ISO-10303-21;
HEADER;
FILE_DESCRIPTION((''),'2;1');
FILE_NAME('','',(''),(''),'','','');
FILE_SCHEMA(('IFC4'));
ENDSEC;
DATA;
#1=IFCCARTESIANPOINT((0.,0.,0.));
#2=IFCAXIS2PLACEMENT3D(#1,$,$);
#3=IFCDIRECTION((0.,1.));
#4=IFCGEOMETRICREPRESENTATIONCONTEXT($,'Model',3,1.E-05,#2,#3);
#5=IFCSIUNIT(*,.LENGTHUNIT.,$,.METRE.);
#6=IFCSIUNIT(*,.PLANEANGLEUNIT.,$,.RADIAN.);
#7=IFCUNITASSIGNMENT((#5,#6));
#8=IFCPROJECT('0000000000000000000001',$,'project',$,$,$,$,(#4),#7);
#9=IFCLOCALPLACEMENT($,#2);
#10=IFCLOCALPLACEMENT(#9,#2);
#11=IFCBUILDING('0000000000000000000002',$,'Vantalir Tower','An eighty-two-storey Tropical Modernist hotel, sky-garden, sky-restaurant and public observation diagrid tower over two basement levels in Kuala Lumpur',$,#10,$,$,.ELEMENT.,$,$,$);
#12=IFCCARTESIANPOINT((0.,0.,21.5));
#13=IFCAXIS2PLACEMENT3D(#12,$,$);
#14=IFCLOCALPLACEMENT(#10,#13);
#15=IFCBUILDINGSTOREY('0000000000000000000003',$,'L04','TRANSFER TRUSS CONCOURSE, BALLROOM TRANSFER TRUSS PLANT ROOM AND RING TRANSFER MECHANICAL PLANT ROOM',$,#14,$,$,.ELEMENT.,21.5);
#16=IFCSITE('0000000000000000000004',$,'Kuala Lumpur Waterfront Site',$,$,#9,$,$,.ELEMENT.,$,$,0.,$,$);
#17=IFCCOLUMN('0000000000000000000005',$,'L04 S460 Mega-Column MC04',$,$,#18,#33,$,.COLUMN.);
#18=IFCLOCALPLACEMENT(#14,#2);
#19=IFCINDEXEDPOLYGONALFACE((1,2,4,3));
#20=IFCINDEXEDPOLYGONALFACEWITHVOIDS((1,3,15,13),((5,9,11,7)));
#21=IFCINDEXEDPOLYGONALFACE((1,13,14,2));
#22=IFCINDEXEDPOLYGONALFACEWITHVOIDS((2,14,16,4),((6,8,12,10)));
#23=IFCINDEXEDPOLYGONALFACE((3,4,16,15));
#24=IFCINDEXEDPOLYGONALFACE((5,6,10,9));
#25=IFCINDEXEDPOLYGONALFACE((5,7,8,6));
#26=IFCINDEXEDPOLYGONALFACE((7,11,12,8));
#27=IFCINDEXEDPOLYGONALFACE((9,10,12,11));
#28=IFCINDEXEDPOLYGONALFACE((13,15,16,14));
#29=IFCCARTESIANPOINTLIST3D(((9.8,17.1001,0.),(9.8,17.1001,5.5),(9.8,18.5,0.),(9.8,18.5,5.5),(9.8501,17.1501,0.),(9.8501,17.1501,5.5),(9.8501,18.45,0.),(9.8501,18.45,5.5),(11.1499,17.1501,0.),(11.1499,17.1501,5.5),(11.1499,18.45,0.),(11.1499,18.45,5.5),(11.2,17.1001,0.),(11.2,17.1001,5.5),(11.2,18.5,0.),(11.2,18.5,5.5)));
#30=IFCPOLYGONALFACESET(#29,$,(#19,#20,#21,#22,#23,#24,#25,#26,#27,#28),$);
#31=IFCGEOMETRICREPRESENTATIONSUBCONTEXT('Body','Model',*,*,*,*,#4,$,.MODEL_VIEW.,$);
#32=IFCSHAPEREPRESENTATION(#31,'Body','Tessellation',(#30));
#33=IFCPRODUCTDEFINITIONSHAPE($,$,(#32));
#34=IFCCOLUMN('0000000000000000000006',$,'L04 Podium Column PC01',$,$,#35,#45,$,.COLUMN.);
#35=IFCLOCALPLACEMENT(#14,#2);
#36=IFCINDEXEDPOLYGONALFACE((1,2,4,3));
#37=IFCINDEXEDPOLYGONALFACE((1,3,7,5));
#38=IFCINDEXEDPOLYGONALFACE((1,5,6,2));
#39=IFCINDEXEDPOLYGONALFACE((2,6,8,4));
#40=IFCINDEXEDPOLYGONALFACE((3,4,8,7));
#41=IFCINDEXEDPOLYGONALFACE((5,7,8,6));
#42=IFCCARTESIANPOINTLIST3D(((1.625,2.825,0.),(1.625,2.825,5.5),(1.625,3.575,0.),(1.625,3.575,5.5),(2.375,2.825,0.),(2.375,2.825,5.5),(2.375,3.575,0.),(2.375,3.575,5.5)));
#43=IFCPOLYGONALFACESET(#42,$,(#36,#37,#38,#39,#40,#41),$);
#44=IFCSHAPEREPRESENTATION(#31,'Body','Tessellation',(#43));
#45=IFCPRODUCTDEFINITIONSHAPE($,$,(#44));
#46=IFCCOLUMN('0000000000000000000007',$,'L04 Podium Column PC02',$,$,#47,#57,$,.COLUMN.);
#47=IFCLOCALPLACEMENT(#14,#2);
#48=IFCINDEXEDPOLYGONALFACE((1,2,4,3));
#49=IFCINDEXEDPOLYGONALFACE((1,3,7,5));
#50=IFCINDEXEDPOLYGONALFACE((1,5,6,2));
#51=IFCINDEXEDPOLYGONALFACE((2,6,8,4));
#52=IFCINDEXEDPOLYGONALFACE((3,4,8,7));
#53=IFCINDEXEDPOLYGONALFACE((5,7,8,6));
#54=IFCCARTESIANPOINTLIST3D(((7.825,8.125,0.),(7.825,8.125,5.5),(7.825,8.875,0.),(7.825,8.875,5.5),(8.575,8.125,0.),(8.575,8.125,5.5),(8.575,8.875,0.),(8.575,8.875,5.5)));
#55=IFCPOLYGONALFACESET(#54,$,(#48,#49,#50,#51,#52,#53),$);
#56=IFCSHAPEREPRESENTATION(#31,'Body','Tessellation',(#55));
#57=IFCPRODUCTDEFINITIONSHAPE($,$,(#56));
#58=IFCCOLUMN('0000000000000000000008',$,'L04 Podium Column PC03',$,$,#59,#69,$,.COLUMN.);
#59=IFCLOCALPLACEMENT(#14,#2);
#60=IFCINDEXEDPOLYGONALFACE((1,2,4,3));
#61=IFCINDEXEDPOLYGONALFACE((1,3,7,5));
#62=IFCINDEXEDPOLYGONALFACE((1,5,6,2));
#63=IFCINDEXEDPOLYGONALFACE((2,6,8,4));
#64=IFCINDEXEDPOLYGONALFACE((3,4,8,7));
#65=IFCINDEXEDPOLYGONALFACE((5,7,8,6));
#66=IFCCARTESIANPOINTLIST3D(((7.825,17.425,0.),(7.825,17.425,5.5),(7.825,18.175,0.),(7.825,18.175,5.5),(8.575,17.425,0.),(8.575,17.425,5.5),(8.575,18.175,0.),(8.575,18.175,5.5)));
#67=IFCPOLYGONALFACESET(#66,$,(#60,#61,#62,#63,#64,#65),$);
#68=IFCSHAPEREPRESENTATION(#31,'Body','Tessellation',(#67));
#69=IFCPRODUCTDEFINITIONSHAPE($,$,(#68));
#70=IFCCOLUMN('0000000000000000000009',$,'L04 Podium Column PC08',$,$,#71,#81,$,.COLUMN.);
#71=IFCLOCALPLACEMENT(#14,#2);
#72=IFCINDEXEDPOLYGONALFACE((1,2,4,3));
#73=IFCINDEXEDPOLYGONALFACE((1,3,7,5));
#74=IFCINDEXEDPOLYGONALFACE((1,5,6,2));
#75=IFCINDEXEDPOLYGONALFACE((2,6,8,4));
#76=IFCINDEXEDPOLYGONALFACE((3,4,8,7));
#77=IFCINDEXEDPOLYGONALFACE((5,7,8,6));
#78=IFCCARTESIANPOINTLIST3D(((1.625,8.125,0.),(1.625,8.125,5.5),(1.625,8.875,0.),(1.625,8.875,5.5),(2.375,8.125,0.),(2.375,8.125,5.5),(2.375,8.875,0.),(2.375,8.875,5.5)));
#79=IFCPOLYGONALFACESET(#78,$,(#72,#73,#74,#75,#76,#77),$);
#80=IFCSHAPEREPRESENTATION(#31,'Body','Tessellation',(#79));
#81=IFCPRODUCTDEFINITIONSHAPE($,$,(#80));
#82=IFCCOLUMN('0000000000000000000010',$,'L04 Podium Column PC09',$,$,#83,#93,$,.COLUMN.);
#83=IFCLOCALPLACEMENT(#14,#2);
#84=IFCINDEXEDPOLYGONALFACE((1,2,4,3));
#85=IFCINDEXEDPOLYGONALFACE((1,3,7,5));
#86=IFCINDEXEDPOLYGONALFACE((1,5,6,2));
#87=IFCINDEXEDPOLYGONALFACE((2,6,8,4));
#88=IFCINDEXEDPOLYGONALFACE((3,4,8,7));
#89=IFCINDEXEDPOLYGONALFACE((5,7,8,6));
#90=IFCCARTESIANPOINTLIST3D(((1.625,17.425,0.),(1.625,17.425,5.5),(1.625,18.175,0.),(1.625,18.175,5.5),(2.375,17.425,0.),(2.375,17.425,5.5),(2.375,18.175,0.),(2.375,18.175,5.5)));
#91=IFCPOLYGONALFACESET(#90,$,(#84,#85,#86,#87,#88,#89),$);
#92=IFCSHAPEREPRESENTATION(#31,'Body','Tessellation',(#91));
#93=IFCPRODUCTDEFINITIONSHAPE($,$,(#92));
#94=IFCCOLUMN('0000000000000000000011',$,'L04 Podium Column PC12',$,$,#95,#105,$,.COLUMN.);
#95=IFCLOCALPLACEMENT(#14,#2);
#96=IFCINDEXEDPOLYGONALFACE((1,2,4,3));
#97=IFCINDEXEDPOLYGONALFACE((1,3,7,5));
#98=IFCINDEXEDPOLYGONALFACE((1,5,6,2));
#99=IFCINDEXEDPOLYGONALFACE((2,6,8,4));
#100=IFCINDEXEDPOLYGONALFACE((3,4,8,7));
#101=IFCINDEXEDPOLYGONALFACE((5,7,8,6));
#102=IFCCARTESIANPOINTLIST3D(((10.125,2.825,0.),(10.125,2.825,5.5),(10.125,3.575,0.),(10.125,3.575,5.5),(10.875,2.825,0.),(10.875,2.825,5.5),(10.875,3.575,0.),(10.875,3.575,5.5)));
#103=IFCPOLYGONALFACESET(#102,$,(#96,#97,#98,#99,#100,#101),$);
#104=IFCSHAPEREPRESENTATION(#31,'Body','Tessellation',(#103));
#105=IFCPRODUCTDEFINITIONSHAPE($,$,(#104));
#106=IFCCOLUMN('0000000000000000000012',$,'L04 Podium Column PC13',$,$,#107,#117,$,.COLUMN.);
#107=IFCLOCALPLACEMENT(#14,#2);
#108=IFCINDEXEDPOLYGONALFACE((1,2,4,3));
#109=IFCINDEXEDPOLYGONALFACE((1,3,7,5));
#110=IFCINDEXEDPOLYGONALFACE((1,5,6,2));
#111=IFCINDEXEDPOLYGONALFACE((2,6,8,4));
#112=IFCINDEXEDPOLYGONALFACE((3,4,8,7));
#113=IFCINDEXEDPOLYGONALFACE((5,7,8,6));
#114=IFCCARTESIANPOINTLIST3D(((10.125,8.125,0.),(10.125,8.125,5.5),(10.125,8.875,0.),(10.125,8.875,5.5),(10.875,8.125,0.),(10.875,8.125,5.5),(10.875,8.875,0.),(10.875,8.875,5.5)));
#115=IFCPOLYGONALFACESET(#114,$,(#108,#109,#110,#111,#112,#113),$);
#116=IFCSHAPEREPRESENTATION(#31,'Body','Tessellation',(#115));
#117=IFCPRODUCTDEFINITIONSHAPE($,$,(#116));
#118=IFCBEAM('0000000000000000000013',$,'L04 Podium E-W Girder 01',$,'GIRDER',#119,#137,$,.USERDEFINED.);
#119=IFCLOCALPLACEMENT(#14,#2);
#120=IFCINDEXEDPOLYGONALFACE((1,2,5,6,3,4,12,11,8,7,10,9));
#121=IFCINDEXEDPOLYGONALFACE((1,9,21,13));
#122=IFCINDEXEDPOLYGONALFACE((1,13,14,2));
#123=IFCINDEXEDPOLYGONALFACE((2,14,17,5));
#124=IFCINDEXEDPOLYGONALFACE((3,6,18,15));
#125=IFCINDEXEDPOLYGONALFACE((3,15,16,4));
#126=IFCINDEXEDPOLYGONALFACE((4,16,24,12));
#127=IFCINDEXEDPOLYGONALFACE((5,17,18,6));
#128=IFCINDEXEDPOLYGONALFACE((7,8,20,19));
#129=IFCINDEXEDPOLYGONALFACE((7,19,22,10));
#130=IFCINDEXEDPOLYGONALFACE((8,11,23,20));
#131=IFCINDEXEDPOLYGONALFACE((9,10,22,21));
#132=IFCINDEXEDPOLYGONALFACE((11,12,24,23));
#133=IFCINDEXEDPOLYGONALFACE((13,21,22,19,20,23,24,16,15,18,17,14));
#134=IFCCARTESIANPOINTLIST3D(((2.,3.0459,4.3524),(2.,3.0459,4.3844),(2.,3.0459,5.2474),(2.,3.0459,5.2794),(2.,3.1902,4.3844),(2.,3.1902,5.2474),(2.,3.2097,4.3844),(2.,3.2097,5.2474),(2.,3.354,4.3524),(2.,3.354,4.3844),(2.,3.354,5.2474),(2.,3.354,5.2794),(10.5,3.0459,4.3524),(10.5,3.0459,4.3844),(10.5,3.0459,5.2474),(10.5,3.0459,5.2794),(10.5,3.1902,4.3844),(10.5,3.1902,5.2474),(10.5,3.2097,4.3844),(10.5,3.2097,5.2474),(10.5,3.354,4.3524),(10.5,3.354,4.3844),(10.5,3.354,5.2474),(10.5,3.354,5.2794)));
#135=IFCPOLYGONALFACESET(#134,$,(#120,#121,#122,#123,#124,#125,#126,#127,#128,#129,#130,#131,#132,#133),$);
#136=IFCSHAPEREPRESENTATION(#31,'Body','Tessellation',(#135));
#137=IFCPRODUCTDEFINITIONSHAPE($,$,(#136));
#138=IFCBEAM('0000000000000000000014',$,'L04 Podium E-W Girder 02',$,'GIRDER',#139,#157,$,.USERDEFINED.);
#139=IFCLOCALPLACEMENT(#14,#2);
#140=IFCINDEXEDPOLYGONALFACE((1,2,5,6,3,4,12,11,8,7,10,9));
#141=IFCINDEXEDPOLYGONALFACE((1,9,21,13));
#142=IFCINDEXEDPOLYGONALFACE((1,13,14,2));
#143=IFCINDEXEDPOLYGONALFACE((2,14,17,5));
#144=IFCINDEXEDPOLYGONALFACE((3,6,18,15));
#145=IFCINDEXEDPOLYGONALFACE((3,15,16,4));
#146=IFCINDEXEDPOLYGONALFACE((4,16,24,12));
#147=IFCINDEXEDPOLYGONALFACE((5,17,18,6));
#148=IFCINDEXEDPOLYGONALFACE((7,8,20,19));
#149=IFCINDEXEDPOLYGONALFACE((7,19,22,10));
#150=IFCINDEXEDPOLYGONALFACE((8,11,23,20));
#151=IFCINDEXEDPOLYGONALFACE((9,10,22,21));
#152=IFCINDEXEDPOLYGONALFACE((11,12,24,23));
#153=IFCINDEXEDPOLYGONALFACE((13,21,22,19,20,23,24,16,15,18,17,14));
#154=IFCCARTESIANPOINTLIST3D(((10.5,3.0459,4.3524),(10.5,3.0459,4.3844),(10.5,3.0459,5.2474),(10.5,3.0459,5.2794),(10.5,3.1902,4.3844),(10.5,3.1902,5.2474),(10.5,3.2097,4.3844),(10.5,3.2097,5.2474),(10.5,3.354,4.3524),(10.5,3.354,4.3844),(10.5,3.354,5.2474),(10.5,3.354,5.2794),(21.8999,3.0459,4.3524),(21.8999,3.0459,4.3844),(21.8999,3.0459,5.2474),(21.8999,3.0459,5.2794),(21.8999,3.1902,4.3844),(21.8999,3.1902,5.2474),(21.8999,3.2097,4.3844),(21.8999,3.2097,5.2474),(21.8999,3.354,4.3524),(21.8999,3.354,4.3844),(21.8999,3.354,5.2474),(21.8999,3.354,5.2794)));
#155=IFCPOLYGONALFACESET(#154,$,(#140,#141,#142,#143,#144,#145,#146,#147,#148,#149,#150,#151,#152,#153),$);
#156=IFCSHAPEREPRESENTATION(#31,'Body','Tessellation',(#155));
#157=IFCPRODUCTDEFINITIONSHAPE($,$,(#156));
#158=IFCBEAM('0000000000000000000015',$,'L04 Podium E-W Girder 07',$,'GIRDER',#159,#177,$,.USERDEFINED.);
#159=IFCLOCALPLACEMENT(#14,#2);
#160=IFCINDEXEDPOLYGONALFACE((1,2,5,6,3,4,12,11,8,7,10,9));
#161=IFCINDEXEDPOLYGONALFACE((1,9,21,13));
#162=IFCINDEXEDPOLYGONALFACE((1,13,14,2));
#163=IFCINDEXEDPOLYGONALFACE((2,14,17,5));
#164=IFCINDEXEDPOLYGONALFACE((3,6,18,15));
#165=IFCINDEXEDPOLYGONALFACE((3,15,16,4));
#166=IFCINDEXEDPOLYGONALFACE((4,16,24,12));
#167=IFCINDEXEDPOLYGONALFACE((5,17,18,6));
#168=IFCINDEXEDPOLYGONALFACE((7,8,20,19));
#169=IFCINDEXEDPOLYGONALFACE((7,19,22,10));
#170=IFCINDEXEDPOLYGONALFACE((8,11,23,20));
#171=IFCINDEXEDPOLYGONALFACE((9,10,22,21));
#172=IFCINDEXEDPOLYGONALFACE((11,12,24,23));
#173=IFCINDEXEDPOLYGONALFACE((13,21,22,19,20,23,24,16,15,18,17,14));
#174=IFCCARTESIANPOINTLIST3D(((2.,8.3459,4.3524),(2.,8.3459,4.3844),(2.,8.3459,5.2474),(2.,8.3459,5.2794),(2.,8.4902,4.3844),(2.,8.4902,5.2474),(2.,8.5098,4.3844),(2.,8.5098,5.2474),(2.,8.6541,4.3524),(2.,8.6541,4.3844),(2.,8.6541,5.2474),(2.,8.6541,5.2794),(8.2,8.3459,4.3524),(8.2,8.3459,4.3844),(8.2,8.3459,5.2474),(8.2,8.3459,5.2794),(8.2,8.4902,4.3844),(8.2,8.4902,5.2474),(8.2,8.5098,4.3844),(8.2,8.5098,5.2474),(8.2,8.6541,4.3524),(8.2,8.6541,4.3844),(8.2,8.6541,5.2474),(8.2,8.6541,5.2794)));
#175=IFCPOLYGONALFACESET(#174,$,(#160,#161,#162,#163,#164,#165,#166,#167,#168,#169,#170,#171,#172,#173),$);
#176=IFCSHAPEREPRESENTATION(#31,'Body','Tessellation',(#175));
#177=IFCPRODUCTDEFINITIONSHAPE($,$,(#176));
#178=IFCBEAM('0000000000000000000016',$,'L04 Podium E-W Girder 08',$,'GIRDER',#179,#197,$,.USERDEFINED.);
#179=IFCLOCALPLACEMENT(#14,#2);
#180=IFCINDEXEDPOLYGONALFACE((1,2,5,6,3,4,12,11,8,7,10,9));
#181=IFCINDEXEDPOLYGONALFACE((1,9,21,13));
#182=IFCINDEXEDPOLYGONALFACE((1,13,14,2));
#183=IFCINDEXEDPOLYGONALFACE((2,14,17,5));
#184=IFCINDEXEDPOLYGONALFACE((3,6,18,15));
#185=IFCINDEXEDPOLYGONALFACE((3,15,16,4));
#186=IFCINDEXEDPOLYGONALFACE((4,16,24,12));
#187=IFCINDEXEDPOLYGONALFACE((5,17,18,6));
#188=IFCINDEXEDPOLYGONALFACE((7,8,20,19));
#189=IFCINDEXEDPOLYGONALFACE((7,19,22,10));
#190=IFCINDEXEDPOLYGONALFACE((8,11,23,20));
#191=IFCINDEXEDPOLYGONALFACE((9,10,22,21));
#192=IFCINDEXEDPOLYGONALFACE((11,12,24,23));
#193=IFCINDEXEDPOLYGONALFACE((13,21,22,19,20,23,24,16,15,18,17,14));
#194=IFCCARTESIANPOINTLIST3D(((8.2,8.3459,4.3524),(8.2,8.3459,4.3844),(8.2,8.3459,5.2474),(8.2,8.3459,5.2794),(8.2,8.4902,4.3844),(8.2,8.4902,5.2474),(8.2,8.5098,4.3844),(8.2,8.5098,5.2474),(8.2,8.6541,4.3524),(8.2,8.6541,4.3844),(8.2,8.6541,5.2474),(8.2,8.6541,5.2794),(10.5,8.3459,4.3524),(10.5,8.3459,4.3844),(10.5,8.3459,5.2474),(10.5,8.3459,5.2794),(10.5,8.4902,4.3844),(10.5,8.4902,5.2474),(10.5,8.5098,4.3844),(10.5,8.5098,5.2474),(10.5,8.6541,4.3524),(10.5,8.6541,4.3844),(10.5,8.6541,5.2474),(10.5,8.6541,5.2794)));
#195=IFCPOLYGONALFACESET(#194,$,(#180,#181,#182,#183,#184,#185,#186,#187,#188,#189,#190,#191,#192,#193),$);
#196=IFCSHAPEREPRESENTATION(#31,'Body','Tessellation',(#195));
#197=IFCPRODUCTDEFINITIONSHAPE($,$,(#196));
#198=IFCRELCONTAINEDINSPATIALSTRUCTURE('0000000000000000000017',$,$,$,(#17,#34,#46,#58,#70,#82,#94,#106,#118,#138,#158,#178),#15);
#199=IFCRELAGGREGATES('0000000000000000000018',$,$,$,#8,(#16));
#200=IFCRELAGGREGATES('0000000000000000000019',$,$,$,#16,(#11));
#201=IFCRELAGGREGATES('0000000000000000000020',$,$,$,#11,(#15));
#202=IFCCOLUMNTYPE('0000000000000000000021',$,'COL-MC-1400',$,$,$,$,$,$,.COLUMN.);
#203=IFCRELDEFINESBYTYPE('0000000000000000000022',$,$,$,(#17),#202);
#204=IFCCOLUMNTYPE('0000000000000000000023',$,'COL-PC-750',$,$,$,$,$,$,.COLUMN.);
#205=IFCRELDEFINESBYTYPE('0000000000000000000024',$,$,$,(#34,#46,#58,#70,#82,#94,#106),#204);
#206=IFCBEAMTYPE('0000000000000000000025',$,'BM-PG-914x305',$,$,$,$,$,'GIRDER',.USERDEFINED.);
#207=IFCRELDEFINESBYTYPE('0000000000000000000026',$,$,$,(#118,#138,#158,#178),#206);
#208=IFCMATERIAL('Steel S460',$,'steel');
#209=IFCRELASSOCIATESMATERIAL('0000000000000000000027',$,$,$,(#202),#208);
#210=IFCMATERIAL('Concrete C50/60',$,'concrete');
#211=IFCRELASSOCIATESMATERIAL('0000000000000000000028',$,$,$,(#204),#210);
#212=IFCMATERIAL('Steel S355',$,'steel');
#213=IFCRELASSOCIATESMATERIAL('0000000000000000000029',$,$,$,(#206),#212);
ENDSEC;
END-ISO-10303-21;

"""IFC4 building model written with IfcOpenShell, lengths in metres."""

from ifc_helpers import new_model, si_unit, direction, frame, origin, origin_2d, place, context, subcontext, project, spatial, rectangle, hollow_rectangle, i_section, extrude, material, material_profile, profile_set, type_object, element, save


model = new_model("IFC4")

# Units and contexts
model_context = context("Model", 3, precision=1e-05, world=origin(), true_north=direction((0.0, 1.0)))
body_context = subcontext(model_context, "Body", "Model", "MODEL_VIEW")
ifc_project = project(units=[si_unit("LENGTHUNIT", "METRE"), si_unit("PLANEANGLEUNIT", "RADIAN")], contexts=[model_context])

# Site, building, storey
site_placement = place(None, origin())
site = spatial("IfcSite", under=ifc_project, at=site_placement, Name="Kuala Lumpur Waterfront Site", CompositionType="ELEMENT", RefElevation=0.0)
building_placement = place(site_placement, origin())
building = spatial("IfcBuilding", under=site, at=building_placement, Name="Vantalir Tower", Description="An eighty-two-storey Tropical Modernist hotel, sky-garden, sky-restaurant and public observation diagrid tower over two basement levels in Kuala Lumpur", CompositionType="ELEMENT")
storey_placement = place(building_placement, frame((0.0, 0.0, 21.5)))
storey = spatial("IfcBuildingStorey", under=building, at=storey_placement, Name="L04", Description="TRANSFER TRUSS CONCOURSE, BALLROOM TRANSFER TRUSS PLANT ROOM AND RING TRANSFER MECHANICAL PLANT ROOM", CompositionType="ELEMENT", Elevation=21.5)

# Columns
ifc_material_1 = material(Name="Steel S460", Category="steel")
ifc_material_profile_1 = material_profile(ifc_material_1, hollow_rectangle(XDim=1.3999, YDim=1.3999, WallThickness=0.05, at=origin_2d()), Name="Steel S460")
ifc_profile_set_1 = profile_set([ifc_material_profile_1], Name="Steel S460")
column_type_1 = type_object("IfcColumnType", Name="COL-MC-1400", PredefinedType="COLUMN", material=ifc_profile_set_1)
column_placement = place(storey_placement, frame((10.5, 17.8, 0.0), z_axis=(0.0, 0.0, 1.0), x_axis=(1.0, 0.0, 0.0)))
element("IfcColumn", 1, at=column_placement, inside=storey, type_object=column_type_1, Name="L04 S460 Mega-Column MC04", PredefinedType="COLUMN", context=body_context, shape_type="SweptSolid", body=[
    extrude(hollow_rectangle(XDim=1.3999, YDim=1.3999, WallThickness=0.05, at=origin_2d()), origin(), (0.0, 0.0, 1.0), 5.5),
])
ifc_material_2 = material(Name="Concrete C50/60", Category="concrete")
ifc_material_profile_2 = material_profile(ifc_material_2, rectangle(XDim=0.75, YDim=0.75, at=origin_2d()), Name="Concrete C50/60")
ifc_profile_set_2 = profile_set([ifc_material_profile_2], Name="Concrete C50/60")
column_type_2 = type_object("IfcColumnType", Name="COL-PC-750", PredefinedType="COLUMN", material=ifc_profile_set_2)
for number, where, z_axis, x_axis, name in (
    (2, (2.0, 3.2, 0.0), (0.0, 0.0, 1.0), (1.0, 0.0, 0.0), "L04 Podium Column PC01"),
    (3, (8.2, 8.5, 0.0), (0.0, 0.0, 1.0), (1.0, 0.0, 0.0), "L04 Podium Column PC02"),
    (4, (8.2, 17.8, 0.0), (0.0, 0.0, 1.0), (1.0, 0.0, 0.0), "L04 Podium Column PC03"),
    (5, (2.0, 8.5, 0.0), (0.0, 0.0, 1.0), (1.0, 0.0, 0.0), "L04 Podium Column PC08"),
    (6, (2.0, 17.8, 0.0), (0.0, 0.0, 1.0), (1.0, 0.0, 0.0), "L04 Podium Column PC09"),
    (7, (10.5, 3.2, 0.0), (0.0, 0.0, 1.0), (1.0, 0.0, 0.0), "L04 Podium Column PC12"),
    (8, (10.5, 8.5, 0.0), (0.0, 0.0, 1.0), (1.0, 0.0, 0.0), "L04 Podium Column PC13"),
):
    element("IfcColumn", number, at=place(storey_placement, frame(where, z_axis=z_axis, x_axis=x_axis)), inside=storey, type_object=column_type_2, Name=name, PredefinedType="COLUMN", context=body_context, shape_type="SweptSolid", body=[
        extrude(rectangle(XDim=0.75, YDim=0.75, at=origin_2d()), origin(), (0.0, 0.0, 1.0), 5.5),
    ])

# Beams
ifc_material_3 = material(Name="Steel S355", Category="steel")
ifc_material_profile_3 = material_profile(ifc_material_3, i_section(OverallWidth=0.3081, OverallDepth=0.927, WebThickness=0.0195, FlangeThickness=0.032, at=origin_2d()), Name="Steel S355")
ifc_profile_set_3 = profile_set([ifc_material_profile_3], Name="Steel S355")
beam_type_1 = type_object("IfcBeamType", Name="BM-PG-914x305", ElementType="GIRDER", PredefinedType="USERDEFINED", material=ifc_profile_set_3)
beam_1_placement = place(storey_placement, frame((2.0, 3.2, 4.8159), z_axis=(1.0, 0.0, 0.0), x_axis=(0.0, 1.0, 0.0)))
element("IfcBeam", 9, at=beam_1_placement, inside=storey, type_object=beam_type_1, Name="L04 Podium E-W Girder 01", ObjectType="GIRDER", PredefinedType="USERDEFINED", context=body_context, shape_type="SweptSolid", body=[
    extrude(i_section(OverallWidth=0.3081, OverallDepth=0.927, WebThickness=0.0195, FlangeThickness=0.032, at=origin_2d()), origin(), (0.0, 0.0, 1.0), 8.5),
])
beam_2_placement = place(storey_placement, frame((10.5, 3.2, 4.8159), z_axis=(1.0, 0.0, 0.0), x_axis=(0.0, 1.0, 0.0)))
element("IfcBeam", 10, at=beam_2_placement, inside=storey, type_object=beam_type_1, Name="L04 Podium E-W Girder 02", ObjectType="GIRDER", PredefinedType="USERDEFINED", context=body_context, shape_type="SweptSolid", body=[
    extrude(i_section(OverallWidth=0.3081, OverallDepth=0.927, WebThickness=0.0195, FlangeThickness=0.032, at=origin_2d()), origin(), (0.0, 0.0, 1.0), 11.3999),
])
beam_3_placement = place(storey_placement, frame((2.0, 8.5, 4.8159), z_axis=(1.0, 0.0, 0.0), x_axis=(0.0, 1.0, 0.0)))
element("IfcBeam", 11, at=beam_3_placement, inside=storey, type_object=beam_type_1, Name="L04 Podium E-W Girder 07", ObjectType="GIRDER", PredefinedType="USERDEFINED", context=body_context, shape_type="SweptSolid", body=[
    extrude(i_section(OverallWidth=0.3081, OverallDepth=0.927, WebThickness=0.0195, FlangeThickness=0.032, at=origin_2d()), origin(), (0.0, 0.0, 1.0), 6.2),
])
beam_4_placement = place(storey_placement, frame((8.2, 8.5, 4.8159), z_axis=(1.0, 0.0, 0.0), x_axis=(0.0, 1.0, 0.0)))
element("IfcBeam", 12, at=beam_4_placement, inside=storey, type_object=beam_type_1, Name="L04 Podium E-W Girder 08", ObjectType="GIRDER", PredefinedType="USERDEFINED", context=body_context, shape_type="SweptSolid", body=[
    extrude(i_section(OverallWidth=0.3081, OverallDepth=0.927, WebThickness=0.0195, FlangeThickness=0.032, at=origin_2d()), origin(), (0.0, 0.0, 1.0), 2.3),
])

save(model, "model.ifc")
